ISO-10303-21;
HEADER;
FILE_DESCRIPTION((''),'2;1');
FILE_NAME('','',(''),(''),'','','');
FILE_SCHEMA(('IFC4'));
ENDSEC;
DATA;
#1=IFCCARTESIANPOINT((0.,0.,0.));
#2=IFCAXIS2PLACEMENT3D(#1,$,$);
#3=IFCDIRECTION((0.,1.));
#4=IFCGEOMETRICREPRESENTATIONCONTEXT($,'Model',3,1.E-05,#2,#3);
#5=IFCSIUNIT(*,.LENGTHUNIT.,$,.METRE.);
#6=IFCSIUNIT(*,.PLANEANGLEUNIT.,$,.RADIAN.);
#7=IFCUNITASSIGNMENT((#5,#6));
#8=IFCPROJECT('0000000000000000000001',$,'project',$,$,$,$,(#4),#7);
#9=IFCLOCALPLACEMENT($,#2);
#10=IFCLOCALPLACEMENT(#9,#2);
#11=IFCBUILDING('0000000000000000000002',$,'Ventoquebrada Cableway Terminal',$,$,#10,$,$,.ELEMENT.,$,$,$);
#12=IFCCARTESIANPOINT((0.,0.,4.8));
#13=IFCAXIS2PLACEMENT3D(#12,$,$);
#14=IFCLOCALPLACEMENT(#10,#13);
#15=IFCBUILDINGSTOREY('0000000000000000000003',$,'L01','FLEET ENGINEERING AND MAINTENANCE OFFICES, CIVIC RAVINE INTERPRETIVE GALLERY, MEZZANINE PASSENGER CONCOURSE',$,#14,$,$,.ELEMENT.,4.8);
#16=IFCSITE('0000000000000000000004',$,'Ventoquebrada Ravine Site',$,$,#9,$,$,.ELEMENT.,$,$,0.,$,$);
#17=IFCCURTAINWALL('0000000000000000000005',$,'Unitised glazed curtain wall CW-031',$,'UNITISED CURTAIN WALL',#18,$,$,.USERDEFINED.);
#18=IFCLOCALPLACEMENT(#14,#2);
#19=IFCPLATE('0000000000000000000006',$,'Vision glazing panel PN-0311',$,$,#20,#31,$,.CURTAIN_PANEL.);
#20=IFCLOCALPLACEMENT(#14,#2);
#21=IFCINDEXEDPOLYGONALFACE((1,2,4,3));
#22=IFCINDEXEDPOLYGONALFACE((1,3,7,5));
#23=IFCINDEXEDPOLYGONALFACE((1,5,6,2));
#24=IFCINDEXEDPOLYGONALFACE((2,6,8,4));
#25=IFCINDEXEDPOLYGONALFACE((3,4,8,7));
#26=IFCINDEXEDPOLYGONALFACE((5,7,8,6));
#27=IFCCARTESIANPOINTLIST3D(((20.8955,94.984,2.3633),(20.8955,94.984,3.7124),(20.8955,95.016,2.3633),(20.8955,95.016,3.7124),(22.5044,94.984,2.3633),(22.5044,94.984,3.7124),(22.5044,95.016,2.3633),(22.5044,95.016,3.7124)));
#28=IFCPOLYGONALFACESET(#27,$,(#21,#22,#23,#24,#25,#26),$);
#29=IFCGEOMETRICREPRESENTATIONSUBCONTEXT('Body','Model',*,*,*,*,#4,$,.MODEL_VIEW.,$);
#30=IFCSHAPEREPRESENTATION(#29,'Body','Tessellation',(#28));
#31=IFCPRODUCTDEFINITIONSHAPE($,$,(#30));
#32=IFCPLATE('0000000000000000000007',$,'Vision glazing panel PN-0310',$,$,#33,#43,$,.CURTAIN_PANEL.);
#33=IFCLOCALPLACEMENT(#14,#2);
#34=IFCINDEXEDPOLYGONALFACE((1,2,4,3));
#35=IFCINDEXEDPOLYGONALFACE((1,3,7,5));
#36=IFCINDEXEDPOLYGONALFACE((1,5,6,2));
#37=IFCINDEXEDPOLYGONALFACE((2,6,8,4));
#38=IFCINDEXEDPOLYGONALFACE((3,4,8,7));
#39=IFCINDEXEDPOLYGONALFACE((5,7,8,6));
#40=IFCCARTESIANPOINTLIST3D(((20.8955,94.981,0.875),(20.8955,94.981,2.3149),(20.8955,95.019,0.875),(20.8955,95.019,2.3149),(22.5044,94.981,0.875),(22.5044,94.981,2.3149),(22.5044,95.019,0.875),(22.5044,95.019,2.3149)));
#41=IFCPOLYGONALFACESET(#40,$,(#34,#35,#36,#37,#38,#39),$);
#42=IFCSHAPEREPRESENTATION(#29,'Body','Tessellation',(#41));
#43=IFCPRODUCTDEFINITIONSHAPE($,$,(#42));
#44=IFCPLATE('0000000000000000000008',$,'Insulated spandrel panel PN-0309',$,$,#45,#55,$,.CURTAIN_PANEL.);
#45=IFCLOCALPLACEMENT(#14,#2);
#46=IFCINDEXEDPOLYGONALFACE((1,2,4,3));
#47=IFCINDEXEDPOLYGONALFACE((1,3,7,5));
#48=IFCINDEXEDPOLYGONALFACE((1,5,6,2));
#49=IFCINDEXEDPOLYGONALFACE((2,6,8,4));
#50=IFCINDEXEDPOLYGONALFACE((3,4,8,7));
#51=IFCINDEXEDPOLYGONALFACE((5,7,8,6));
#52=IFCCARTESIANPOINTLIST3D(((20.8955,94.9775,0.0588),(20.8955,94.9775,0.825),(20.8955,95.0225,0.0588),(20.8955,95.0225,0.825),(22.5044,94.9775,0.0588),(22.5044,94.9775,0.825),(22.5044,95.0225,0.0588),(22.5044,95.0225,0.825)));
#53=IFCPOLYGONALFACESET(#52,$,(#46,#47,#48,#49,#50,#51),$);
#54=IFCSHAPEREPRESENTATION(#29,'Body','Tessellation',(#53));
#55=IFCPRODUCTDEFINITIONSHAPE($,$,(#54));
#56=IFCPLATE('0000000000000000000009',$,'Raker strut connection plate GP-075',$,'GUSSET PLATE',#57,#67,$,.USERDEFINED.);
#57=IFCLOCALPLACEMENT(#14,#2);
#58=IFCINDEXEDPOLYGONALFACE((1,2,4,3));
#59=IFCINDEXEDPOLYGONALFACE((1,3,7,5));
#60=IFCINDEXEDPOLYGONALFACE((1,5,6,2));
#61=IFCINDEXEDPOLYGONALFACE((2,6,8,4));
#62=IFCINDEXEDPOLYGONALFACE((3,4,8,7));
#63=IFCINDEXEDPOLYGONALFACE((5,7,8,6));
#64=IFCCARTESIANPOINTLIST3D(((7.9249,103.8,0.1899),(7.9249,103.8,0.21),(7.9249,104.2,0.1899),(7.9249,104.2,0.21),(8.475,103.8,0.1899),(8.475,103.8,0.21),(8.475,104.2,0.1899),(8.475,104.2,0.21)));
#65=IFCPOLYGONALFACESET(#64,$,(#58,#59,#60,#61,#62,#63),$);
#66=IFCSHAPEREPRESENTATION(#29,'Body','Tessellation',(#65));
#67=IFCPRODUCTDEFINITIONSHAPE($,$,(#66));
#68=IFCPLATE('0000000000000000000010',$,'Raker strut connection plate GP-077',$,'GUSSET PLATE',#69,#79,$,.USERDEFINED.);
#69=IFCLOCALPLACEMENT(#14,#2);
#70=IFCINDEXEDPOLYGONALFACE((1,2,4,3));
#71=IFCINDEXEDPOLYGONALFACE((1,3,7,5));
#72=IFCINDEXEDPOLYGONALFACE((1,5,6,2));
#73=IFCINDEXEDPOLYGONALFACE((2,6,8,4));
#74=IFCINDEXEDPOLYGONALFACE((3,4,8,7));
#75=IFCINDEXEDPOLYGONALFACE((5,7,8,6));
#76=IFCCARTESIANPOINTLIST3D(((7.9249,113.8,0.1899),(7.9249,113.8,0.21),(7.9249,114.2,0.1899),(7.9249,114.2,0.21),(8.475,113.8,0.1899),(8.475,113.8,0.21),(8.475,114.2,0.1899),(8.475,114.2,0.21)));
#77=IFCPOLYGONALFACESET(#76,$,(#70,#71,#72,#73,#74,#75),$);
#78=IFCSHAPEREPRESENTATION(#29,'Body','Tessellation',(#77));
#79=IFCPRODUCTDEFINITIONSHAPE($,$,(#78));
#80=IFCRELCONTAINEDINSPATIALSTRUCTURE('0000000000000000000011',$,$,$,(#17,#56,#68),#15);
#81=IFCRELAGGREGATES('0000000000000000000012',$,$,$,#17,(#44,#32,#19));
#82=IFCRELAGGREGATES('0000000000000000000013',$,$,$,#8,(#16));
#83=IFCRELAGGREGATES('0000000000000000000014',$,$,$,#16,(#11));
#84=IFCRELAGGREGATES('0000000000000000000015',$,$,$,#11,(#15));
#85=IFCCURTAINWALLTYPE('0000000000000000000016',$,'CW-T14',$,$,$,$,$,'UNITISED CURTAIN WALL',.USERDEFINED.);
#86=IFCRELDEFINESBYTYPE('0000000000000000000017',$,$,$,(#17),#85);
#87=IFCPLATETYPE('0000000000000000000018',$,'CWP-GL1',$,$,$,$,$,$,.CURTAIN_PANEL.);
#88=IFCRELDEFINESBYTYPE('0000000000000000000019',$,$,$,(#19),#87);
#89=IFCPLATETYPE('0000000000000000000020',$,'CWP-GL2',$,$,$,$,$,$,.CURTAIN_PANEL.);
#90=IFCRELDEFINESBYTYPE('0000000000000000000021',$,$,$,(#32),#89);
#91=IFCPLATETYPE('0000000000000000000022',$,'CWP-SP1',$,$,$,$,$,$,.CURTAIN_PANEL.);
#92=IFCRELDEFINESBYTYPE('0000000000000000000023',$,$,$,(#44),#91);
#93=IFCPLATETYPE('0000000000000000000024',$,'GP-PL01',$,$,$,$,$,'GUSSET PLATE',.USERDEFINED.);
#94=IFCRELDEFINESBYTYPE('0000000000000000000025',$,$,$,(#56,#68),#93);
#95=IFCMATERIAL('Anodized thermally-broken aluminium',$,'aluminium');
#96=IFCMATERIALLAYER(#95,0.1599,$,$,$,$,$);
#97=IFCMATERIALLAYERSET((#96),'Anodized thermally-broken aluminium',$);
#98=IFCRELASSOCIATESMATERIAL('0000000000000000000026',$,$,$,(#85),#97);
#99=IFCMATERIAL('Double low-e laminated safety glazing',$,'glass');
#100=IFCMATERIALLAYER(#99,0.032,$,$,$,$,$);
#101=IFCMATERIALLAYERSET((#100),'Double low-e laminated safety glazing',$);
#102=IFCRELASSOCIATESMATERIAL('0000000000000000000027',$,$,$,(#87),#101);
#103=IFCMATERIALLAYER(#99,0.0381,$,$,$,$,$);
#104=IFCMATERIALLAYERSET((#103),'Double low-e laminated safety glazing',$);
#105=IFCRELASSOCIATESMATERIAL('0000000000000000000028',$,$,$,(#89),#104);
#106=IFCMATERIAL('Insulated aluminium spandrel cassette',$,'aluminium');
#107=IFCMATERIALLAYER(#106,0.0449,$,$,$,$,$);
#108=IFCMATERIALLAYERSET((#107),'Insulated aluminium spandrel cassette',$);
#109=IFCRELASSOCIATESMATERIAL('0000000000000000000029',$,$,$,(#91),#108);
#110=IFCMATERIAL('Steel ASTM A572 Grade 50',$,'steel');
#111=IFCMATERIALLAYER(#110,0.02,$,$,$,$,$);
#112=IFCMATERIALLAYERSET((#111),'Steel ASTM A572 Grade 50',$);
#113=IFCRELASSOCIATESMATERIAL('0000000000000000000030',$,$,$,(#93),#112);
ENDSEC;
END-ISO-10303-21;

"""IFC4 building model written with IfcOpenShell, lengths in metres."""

from ifc_helpers import new_model, si_unit, direction, frame, origin, origin_2d, place, context, subcontext, project, spatial, rectangle, extrude, material, layer, layer_set, type_object, element, aggregate, save


model = new_model("IFC4")

# Units and contexts
model_context = context("Model", 3, precision=1e-05, world=origin(), true_north=direction((0.0, 1.0)))
body_context = subcontext(model_context, "Body", "Model", "MODEL_VIEW")
ifc_project = project(units=[si_unit("LENGTHUNIT", "METRE"), si_unit("PLANEANGLEUNIT", "RADIAN")], contexts=[model_context])

# Site, building, storey
site_placement = place(None, origin())
site = spatial("IfcSite", under=ifc_project, at=site_placement, Name="Ventoquebrada Ravine Site", CompositionType="ELEMENT", RefElevation=0.0)
building_placement = place(site_placement, origin())
building = spatial("IfcBuilding", under=site, at=building_placement, Name="Ventoquebrada Cableway Terminal", CompositionType="ELEMENT")
storey_placement = place(building_placement, frame((0.0, 0.0, 4.8)))
storey = spatial("IfcBuildingStorey", under=building, at=storey_placement, Name="L01", Description="FLEET ENGINEERING AND MAINTENANCE OFFICES, CIVIC RAVINE INTERPRETIVE GALLERY, MEZZANINE PASSENGER CONCOURSE", CompositionType="ELEMENT", Elevation=4.8)

# Curtain wall
ifc_material_1 = material(Name="Anodized thermally-broken aluminium", Category="aluminium")
ifc_layer_1 = layer(ifc_material_1, 0.1599)
ifc_layer_set_1 = layer_set([ifc_layer_1], Name="Anodized thermally-broken aluminium")
curtain_wall_type = type_object("IfcCurtainWallType", Name="CW-T14", ElementType="UNITISED CURTAIN WALL", PredefinedType="USERDEFINED", material=ifc_layer_set_1)
curtain_wall_placement = place(storey_placement, origin())
curtain_wall = element("IfcCurtainWall", 1, at=curtain_wall_placement, inside=storey, type_object=curtain_wall_type, Name="Unitised glazed curtain wall CW-031", ObjectType="UNITISED CURTAIN WALL", PredefinedType="USERDEFINED")

# Plates
ifc_material_2 = material(Name="Double low-e laminated safety glazing", Category="glass")
ifc_layer_2 = layer(ifc_material_2, 0.032)
ifc_layer_set_2 = layer_set([ifc_layer_2], Name="Double low-e laminated safety glazing")
plate_type_1 = type_object("IfcPlateType", Name="CWP-GL1", PredefinedType="CURTAIN_PANEL", material=ifc_layer_set_2)
plate_1_placement = place(storey_placement, frame((21.7, 95.0, 2.3633), z_axis=(0.0, 0.0, 1.0), x_axis=(-1.0, 0.0, 0.0)))
plate_1 = element("IfcPlate", 2, at=plate_1_placement, type_object=plate_type_1, Name="Vision glazing panel PN-0311", PredefinedType="CURTAIN_PANEL", context=body_context, shape_type="SweptSolid", body=[
    extrude(rectangle(XDim=1.6089, YDim=0.032, at=origin_2d()), origin(), (0.0, 0.0, 1.0), 1.3491),
])
ifc_layer_3 = layer(ifc_material_2, 0.0381)
ifc_layer_set_3 = layer_set([ifc_layer_3], Name="Double low-e laminated safety glazing")
plate_type_2 = type_object("IfcPlateType", Name="CWP-GL2", PredefinedType="CURTAIN_PANEL", material=ifc_layer_set_3)
plate_2_placement = place(storey_placement, frame((21.7, 95.0, 0.875), z_axis=(0.0, 0.0, 1.0), x_axis=(-1.0, 0.0, 0.0)))
plate_2 = element("IfcPlate", 3, at=plate_2_placement, type_object=plate_type_2, Name="Vision glazing panel PN-0310", PredefinedType="CURTAIN_PANEL", context=body_context, shape_type="SweptSolid", body=[
    extrude(rectangle(XDim=1.6089, YDim=0.0381, at=origin_2d()), origin(), (0.0, 0.0, 1.0), 1.4399),
])
ifc_material_3 = material(Name="Insulated aluminium spandrel cassette", Category="aluminium")
ifc_layer_4 = layer(ifc_material_3, 0.0449)
ifc_layer_set_4 = layer_set([ifc_layer_4], Name="Insulated aluminium spandrel cassette")
plate_type_3 = type_object("IfcPlateType", Name="CWP-SP1", PredefinedType="CURTAIN_PANEL", material=ifc_layer_set_4)
plate_3_placement = place(storey_placement, frame((21.7, 95.0, 0.0588), z_axis=(0.0, 0.0, 1.0), x_axis=(-1.0, 0.0, 0.0)))
plate_3 = element("IfcPlate", 4, at=plate_3_placement, type_object=plate_type_3, Name="Insulated spandrel panel PN-0309", PredefinedType="CURTAIN_PANEL", context=body_context, shape_type="SweptSolid", body=[
    extrude(rectangle(XDim=1.6089, YDim=0.0449, at=origin_2d()), origin(), (0.0, 0.0, 1.0), 0.7661),
])
aggregate(curtain_wall, [plate_3, plate_2, plate_1])

# Plates
ifc_material_4 = material(Name="Steel ASTM A572 Grade 50", Category="steel")
ifc_layer_5 = layer(ifc_material_4, 0.02)
ifc_layer_set_5 = layer_set([ifc_layer_5], Name="Steel ASTM A572 Grade 50")
plate_type_4 = type_object("IfcPlateType", Name="GP-PL01", ElementType="GUSSET PLATE", PredefinedType="USERDEFINED", material=ifc_layer_set_5)
for number, where, z_axis, x_axis, name in (
    (5, (8.2, 104.0, 0.1899), (0.0, 0.0, 1.0), (1.0, 0.0, 0.0), "Raker strut connection plate GP-075"),
    (6, (8.2, 114.0, 0.1899), (0.0, 0.0, 1.0), (1.0, 0.0, 0.0), "Raker strut connection plate GP-077"),
):
    element("IfcPlate", number, at=place(storey_placement, frame(where, z_axis=z_axis, x_axis=x_axis)), inside=storey, type_object=plate_type_4, Name=name, ObjectType="GUSSET PLATE", PredefinedType="USERDEFINED", context=body_context, shape_type="SweptSolid", body=[
        extrude(rectangle(XDim=0.55, YDim=0.3999, at=origin_2d()), origin(), (0.0, 0.0, 1.0), 0.02),
    ])

save(model, "model.ifc")
